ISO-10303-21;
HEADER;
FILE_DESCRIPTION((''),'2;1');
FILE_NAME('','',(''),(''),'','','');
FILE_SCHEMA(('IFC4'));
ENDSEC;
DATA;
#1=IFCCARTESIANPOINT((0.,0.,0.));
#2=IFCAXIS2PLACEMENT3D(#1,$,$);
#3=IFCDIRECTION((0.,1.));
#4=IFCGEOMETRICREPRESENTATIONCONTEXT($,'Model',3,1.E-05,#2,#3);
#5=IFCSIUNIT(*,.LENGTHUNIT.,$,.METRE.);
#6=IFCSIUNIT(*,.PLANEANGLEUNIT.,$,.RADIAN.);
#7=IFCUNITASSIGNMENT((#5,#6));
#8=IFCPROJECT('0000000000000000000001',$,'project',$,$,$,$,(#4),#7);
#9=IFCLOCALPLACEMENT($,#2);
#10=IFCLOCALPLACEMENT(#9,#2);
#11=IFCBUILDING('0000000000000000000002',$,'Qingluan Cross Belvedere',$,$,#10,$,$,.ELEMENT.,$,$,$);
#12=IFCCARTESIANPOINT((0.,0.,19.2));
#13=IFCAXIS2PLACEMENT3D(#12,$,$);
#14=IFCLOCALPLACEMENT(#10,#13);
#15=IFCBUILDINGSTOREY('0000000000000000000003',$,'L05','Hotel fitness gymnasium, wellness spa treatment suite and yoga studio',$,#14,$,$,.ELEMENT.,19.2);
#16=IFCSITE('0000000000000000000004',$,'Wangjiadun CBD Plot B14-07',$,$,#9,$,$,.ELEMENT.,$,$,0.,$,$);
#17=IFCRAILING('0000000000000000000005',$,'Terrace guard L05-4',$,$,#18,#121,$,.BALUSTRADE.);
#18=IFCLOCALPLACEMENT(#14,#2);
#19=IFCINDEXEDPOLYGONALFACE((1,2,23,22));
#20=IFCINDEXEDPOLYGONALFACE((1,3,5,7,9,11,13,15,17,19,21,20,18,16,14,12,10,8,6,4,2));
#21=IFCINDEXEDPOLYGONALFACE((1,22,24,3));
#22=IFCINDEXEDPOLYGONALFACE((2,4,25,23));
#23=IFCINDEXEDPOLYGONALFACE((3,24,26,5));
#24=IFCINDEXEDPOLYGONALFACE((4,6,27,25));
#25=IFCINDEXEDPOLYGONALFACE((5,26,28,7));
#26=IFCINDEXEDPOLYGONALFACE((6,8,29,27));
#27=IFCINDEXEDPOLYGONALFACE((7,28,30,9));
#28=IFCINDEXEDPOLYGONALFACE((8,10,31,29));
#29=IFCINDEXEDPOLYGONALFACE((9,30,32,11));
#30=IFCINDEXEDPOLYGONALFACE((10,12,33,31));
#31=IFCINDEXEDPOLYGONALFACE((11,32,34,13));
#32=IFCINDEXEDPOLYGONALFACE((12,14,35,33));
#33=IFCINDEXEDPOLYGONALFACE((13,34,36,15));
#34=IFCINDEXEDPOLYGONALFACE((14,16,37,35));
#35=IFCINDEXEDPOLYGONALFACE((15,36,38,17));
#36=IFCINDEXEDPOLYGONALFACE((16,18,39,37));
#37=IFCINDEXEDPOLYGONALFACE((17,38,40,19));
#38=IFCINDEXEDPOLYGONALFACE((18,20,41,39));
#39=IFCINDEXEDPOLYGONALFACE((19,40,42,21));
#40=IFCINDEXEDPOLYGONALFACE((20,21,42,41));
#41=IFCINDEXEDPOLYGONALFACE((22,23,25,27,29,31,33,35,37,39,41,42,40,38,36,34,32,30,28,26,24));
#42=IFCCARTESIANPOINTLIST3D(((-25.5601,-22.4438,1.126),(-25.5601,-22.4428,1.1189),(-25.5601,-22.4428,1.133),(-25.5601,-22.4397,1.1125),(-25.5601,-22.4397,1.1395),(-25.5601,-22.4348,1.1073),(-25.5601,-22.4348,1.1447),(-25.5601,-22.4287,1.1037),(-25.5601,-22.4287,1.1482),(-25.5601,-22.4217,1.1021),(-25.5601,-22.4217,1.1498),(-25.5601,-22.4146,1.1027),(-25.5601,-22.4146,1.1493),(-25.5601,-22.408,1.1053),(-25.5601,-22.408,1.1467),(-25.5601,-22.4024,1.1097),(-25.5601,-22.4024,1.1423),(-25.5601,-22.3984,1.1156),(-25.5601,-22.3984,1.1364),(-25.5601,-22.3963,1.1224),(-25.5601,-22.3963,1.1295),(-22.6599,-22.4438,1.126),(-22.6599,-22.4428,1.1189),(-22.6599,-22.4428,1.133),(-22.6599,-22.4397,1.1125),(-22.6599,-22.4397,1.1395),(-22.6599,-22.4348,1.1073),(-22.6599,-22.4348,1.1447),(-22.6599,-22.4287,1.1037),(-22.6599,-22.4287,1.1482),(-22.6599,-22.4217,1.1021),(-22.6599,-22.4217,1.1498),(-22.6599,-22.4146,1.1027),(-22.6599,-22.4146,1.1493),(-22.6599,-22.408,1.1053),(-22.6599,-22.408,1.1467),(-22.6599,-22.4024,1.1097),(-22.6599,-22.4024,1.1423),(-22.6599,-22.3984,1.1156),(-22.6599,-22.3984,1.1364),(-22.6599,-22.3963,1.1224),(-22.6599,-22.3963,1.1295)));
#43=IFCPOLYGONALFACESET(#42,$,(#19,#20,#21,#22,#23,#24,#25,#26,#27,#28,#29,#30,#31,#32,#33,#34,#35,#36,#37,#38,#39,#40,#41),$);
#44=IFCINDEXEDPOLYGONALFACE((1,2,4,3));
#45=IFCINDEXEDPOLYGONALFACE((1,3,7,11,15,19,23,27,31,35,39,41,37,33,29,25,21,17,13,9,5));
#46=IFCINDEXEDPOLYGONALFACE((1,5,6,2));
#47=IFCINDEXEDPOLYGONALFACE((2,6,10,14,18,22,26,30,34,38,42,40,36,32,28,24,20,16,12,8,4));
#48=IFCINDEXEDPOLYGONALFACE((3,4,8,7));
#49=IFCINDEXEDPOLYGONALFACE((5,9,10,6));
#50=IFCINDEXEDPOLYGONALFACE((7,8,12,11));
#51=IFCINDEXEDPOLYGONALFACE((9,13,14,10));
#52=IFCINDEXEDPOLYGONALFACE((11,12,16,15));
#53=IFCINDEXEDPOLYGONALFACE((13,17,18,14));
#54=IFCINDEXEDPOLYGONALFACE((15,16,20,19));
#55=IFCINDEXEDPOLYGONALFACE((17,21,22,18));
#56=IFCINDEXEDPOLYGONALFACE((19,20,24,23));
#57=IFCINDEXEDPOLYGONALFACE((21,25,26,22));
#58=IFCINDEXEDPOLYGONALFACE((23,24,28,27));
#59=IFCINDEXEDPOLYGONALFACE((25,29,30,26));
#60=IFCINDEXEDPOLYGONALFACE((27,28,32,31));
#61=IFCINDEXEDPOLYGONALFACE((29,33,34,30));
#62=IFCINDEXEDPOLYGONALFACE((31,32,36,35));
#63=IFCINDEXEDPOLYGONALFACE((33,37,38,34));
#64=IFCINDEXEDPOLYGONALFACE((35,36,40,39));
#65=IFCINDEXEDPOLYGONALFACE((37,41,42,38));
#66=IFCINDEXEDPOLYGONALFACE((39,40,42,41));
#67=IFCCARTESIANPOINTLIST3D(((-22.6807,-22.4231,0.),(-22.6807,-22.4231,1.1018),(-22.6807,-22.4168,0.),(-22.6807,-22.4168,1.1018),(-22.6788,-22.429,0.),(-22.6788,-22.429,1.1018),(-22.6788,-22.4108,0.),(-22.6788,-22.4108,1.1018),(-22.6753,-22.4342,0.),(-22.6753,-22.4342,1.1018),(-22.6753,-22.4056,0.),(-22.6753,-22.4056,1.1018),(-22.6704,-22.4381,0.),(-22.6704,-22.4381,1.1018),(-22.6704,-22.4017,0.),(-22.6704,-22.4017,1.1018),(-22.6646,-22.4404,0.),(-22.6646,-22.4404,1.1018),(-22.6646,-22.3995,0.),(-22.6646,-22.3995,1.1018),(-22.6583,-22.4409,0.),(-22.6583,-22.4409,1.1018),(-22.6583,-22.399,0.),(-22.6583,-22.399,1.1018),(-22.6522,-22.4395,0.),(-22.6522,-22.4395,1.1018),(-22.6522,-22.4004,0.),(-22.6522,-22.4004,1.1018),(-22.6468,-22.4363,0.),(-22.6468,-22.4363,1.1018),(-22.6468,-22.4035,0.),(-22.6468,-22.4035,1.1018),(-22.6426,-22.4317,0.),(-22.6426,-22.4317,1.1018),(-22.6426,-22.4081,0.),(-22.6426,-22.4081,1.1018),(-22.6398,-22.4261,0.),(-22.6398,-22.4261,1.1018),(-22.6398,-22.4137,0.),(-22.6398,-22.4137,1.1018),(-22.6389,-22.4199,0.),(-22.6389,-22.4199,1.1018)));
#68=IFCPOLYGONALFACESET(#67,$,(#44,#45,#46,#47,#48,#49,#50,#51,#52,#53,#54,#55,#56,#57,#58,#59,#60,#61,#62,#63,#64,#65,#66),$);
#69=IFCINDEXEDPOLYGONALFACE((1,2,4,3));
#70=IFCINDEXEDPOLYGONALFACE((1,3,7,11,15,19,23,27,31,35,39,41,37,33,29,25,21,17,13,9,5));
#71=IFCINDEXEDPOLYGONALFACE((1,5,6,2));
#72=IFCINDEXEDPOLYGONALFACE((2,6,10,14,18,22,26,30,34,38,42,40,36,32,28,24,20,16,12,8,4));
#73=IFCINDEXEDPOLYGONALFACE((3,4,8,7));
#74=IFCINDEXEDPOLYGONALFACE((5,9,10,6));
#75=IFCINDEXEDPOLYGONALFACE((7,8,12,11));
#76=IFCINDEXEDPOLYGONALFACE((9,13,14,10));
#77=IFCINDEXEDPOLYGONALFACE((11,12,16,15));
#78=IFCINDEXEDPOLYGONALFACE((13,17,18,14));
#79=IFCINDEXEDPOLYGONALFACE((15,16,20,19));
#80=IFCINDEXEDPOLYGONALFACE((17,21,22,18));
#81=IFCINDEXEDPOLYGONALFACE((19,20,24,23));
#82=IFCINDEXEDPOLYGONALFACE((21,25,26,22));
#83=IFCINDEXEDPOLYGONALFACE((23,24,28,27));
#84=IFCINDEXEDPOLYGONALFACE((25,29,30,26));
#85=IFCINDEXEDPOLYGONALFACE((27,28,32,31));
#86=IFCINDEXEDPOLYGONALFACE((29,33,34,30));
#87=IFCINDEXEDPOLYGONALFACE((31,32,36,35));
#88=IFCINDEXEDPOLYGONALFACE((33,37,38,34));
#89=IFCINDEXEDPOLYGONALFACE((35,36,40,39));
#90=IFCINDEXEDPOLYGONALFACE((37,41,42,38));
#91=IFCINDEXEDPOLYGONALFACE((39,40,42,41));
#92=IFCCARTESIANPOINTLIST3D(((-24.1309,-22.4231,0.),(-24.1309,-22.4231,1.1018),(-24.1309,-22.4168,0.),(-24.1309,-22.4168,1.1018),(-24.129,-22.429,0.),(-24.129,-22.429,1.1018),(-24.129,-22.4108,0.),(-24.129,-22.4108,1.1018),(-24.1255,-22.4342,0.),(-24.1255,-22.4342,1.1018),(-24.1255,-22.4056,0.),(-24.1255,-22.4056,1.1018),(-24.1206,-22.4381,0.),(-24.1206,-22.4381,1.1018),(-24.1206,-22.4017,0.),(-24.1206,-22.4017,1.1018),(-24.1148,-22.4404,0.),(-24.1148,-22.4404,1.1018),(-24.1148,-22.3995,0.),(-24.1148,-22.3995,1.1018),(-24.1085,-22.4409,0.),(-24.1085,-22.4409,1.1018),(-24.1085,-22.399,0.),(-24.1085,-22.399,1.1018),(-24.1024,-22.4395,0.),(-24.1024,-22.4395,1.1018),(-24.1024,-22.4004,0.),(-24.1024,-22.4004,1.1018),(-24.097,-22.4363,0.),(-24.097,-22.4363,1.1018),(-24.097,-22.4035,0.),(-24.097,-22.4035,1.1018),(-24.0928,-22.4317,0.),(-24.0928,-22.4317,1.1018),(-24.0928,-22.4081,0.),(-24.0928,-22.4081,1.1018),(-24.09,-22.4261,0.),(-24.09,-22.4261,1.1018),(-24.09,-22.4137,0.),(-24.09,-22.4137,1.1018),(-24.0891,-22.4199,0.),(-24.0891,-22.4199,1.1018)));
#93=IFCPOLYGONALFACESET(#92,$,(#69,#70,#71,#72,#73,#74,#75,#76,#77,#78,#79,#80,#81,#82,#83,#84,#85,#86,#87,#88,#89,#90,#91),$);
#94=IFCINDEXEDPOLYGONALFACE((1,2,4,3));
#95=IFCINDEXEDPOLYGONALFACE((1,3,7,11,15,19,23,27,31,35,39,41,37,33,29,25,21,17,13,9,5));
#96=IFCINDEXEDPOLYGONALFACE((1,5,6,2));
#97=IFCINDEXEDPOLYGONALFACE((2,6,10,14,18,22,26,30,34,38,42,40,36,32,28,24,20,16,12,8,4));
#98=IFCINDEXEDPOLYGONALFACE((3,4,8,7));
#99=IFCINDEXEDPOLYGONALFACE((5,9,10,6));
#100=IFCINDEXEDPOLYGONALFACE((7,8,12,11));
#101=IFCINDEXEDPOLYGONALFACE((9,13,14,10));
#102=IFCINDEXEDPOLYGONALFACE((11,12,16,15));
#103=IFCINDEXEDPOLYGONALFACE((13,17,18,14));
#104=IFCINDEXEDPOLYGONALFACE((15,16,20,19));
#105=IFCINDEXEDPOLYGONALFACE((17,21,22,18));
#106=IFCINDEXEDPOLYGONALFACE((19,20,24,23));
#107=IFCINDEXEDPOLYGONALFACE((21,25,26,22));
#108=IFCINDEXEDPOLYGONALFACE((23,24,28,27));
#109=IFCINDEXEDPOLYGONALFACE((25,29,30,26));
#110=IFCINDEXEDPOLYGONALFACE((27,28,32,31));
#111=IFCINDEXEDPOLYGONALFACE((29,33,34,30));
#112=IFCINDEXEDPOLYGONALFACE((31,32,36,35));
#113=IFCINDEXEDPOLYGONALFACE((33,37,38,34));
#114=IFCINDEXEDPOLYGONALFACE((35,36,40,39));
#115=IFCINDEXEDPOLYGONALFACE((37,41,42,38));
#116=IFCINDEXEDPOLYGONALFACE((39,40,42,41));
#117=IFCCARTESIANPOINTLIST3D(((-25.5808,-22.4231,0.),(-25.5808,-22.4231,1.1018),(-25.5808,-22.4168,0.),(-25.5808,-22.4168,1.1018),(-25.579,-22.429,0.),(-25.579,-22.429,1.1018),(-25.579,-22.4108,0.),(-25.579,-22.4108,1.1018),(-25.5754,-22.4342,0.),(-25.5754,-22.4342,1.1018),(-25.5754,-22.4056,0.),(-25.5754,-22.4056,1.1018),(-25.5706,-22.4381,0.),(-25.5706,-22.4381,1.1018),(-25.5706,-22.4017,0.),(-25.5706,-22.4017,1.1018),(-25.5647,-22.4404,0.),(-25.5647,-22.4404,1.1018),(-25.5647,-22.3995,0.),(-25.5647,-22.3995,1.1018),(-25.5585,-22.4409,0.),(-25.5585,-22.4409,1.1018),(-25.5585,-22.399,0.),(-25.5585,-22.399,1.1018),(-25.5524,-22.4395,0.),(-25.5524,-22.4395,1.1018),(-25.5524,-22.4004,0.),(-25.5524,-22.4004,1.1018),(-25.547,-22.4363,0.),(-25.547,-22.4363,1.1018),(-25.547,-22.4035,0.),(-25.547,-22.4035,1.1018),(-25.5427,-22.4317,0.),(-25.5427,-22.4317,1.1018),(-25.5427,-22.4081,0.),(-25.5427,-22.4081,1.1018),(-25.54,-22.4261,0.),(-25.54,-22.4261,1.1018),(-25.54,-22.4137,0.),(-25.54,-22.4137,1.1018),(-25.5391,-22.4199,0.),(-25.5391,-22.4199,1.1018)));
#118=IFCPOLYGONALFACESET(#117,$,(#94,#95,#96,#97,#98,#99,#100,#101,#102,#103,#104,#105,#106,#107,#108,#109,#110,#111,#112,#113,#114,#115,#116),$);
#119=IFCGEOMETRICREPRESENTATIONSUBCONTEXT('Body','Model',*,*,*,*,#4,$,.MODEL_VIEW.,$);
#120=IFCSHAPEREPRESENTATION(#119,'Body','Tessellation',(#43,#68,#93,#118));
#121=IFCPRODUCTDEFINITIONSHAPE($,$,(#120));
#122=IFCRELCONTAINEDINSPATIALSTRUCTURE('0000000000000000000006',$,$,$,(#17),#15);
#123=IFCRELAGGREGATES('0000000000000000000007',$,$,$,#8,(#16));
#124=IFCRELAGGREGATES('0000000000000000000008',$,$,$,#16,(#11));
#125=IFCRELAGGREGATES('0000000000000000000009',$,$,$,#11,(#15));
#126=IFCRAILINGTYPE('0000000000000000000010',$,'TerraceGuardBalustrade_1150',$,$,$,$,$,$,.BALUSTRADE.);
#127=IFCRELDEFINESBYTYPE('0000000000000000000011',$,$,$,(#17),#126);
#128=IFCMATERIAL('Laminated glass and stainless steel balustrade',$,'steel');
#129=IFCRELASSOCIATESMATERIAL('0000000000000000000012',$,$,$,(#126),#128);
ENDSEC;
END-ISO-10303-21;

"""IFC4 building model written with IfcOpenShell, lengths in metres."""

from ifc_helpers import new_model, si_unit, direction, frame, origin, origin_2d, place, context, subcontext, project, spatial, circle, extrude, material, type_object, element, save


model = new_model("IFC4")

# Units and contexts
model_context = context("Model", 3, precision=1e-05, world=origin(), true_north=direction((0.0, 1.0)))
body_context = subcontext(model_context, "Body", "Model", "MODEL_VIEW")
ifc_project = project(units=[si_unit("LENGTHUNIT", "METRE"), si_unit("PLANEANGLEUNIT", "RADIAN")], contexts=[model_context])

# Site, building, storey
site_placement = place(None, origin())
site = spatial("IfcSite", under=ifc_project, at=site_placement, Name="Wangjiadun CBD Plot B14-07", CompositionType="ELEMENT", RefElevation=0.0)
building_placement = place(site_placement, origin())
building = spatial("IfcBuilding", under=site, at=building_placement, Name="Qingluan Cross Belvedere", CompositionType="ELEMENT")
storey_placement = place(building_placement, frame((0.0, 0.0, 19.2)))
storey = spatial("IfcBuildingStorey", under=building, at=storey_placement, Name="L05", Description="Hotel fitness gymnasium, wellness spa treatment suite and yoga studio", CompositionType="ELEMENT", Elevation=19.2)

# Railing
ifc_material_1 = material(Name="Laminated glass and stainless steel balustrade", Category="steel")
railing_type = type_object("IfcRailingType", Name="TerraceGuardBalustrade_1150", PredefinedType="BALUSTRADE", material=ifc_material_1)
railing_1_placement = place(storey_placement, frame((-22.6599, -22.4199, 0.0)))
element("IfcRailing", 1, at=railing_1_placement, inside=storey, type_object=railing_type, Name="Terrace guard L05-4", PredefinedType="BALUSTRADE", context=body_context, shape_type="SweptSolid", body=[
    extrude(circle(Radius=0.0239, at=origin_2d()), frame((0.0, 0.0, 1.126), z_axis=(-1.0, 0.0, 0.0), x_axis=(0.0, -1.0, 0.0)), (0.0, 0.0, 1.0), 2.9001),
    extrude(circle(Radius=0.021, at=origin_2d()), origin(), (0.0, 0.0, 1.0), 1.1018),
    extrude(circle(Radius=0.021, at=origin_2d()), frame((-1.4502, 0.0, 0.0)), (0.0, 0.0, 1.0), 1.1018),
    extrude(circle(Radius=0.021, at=origin_2d()), frame((-2.9001, 0.0, 0.0)), (0.0, 0.0, 1.0), 1.1018),
])

save(model, "model.ifc")
